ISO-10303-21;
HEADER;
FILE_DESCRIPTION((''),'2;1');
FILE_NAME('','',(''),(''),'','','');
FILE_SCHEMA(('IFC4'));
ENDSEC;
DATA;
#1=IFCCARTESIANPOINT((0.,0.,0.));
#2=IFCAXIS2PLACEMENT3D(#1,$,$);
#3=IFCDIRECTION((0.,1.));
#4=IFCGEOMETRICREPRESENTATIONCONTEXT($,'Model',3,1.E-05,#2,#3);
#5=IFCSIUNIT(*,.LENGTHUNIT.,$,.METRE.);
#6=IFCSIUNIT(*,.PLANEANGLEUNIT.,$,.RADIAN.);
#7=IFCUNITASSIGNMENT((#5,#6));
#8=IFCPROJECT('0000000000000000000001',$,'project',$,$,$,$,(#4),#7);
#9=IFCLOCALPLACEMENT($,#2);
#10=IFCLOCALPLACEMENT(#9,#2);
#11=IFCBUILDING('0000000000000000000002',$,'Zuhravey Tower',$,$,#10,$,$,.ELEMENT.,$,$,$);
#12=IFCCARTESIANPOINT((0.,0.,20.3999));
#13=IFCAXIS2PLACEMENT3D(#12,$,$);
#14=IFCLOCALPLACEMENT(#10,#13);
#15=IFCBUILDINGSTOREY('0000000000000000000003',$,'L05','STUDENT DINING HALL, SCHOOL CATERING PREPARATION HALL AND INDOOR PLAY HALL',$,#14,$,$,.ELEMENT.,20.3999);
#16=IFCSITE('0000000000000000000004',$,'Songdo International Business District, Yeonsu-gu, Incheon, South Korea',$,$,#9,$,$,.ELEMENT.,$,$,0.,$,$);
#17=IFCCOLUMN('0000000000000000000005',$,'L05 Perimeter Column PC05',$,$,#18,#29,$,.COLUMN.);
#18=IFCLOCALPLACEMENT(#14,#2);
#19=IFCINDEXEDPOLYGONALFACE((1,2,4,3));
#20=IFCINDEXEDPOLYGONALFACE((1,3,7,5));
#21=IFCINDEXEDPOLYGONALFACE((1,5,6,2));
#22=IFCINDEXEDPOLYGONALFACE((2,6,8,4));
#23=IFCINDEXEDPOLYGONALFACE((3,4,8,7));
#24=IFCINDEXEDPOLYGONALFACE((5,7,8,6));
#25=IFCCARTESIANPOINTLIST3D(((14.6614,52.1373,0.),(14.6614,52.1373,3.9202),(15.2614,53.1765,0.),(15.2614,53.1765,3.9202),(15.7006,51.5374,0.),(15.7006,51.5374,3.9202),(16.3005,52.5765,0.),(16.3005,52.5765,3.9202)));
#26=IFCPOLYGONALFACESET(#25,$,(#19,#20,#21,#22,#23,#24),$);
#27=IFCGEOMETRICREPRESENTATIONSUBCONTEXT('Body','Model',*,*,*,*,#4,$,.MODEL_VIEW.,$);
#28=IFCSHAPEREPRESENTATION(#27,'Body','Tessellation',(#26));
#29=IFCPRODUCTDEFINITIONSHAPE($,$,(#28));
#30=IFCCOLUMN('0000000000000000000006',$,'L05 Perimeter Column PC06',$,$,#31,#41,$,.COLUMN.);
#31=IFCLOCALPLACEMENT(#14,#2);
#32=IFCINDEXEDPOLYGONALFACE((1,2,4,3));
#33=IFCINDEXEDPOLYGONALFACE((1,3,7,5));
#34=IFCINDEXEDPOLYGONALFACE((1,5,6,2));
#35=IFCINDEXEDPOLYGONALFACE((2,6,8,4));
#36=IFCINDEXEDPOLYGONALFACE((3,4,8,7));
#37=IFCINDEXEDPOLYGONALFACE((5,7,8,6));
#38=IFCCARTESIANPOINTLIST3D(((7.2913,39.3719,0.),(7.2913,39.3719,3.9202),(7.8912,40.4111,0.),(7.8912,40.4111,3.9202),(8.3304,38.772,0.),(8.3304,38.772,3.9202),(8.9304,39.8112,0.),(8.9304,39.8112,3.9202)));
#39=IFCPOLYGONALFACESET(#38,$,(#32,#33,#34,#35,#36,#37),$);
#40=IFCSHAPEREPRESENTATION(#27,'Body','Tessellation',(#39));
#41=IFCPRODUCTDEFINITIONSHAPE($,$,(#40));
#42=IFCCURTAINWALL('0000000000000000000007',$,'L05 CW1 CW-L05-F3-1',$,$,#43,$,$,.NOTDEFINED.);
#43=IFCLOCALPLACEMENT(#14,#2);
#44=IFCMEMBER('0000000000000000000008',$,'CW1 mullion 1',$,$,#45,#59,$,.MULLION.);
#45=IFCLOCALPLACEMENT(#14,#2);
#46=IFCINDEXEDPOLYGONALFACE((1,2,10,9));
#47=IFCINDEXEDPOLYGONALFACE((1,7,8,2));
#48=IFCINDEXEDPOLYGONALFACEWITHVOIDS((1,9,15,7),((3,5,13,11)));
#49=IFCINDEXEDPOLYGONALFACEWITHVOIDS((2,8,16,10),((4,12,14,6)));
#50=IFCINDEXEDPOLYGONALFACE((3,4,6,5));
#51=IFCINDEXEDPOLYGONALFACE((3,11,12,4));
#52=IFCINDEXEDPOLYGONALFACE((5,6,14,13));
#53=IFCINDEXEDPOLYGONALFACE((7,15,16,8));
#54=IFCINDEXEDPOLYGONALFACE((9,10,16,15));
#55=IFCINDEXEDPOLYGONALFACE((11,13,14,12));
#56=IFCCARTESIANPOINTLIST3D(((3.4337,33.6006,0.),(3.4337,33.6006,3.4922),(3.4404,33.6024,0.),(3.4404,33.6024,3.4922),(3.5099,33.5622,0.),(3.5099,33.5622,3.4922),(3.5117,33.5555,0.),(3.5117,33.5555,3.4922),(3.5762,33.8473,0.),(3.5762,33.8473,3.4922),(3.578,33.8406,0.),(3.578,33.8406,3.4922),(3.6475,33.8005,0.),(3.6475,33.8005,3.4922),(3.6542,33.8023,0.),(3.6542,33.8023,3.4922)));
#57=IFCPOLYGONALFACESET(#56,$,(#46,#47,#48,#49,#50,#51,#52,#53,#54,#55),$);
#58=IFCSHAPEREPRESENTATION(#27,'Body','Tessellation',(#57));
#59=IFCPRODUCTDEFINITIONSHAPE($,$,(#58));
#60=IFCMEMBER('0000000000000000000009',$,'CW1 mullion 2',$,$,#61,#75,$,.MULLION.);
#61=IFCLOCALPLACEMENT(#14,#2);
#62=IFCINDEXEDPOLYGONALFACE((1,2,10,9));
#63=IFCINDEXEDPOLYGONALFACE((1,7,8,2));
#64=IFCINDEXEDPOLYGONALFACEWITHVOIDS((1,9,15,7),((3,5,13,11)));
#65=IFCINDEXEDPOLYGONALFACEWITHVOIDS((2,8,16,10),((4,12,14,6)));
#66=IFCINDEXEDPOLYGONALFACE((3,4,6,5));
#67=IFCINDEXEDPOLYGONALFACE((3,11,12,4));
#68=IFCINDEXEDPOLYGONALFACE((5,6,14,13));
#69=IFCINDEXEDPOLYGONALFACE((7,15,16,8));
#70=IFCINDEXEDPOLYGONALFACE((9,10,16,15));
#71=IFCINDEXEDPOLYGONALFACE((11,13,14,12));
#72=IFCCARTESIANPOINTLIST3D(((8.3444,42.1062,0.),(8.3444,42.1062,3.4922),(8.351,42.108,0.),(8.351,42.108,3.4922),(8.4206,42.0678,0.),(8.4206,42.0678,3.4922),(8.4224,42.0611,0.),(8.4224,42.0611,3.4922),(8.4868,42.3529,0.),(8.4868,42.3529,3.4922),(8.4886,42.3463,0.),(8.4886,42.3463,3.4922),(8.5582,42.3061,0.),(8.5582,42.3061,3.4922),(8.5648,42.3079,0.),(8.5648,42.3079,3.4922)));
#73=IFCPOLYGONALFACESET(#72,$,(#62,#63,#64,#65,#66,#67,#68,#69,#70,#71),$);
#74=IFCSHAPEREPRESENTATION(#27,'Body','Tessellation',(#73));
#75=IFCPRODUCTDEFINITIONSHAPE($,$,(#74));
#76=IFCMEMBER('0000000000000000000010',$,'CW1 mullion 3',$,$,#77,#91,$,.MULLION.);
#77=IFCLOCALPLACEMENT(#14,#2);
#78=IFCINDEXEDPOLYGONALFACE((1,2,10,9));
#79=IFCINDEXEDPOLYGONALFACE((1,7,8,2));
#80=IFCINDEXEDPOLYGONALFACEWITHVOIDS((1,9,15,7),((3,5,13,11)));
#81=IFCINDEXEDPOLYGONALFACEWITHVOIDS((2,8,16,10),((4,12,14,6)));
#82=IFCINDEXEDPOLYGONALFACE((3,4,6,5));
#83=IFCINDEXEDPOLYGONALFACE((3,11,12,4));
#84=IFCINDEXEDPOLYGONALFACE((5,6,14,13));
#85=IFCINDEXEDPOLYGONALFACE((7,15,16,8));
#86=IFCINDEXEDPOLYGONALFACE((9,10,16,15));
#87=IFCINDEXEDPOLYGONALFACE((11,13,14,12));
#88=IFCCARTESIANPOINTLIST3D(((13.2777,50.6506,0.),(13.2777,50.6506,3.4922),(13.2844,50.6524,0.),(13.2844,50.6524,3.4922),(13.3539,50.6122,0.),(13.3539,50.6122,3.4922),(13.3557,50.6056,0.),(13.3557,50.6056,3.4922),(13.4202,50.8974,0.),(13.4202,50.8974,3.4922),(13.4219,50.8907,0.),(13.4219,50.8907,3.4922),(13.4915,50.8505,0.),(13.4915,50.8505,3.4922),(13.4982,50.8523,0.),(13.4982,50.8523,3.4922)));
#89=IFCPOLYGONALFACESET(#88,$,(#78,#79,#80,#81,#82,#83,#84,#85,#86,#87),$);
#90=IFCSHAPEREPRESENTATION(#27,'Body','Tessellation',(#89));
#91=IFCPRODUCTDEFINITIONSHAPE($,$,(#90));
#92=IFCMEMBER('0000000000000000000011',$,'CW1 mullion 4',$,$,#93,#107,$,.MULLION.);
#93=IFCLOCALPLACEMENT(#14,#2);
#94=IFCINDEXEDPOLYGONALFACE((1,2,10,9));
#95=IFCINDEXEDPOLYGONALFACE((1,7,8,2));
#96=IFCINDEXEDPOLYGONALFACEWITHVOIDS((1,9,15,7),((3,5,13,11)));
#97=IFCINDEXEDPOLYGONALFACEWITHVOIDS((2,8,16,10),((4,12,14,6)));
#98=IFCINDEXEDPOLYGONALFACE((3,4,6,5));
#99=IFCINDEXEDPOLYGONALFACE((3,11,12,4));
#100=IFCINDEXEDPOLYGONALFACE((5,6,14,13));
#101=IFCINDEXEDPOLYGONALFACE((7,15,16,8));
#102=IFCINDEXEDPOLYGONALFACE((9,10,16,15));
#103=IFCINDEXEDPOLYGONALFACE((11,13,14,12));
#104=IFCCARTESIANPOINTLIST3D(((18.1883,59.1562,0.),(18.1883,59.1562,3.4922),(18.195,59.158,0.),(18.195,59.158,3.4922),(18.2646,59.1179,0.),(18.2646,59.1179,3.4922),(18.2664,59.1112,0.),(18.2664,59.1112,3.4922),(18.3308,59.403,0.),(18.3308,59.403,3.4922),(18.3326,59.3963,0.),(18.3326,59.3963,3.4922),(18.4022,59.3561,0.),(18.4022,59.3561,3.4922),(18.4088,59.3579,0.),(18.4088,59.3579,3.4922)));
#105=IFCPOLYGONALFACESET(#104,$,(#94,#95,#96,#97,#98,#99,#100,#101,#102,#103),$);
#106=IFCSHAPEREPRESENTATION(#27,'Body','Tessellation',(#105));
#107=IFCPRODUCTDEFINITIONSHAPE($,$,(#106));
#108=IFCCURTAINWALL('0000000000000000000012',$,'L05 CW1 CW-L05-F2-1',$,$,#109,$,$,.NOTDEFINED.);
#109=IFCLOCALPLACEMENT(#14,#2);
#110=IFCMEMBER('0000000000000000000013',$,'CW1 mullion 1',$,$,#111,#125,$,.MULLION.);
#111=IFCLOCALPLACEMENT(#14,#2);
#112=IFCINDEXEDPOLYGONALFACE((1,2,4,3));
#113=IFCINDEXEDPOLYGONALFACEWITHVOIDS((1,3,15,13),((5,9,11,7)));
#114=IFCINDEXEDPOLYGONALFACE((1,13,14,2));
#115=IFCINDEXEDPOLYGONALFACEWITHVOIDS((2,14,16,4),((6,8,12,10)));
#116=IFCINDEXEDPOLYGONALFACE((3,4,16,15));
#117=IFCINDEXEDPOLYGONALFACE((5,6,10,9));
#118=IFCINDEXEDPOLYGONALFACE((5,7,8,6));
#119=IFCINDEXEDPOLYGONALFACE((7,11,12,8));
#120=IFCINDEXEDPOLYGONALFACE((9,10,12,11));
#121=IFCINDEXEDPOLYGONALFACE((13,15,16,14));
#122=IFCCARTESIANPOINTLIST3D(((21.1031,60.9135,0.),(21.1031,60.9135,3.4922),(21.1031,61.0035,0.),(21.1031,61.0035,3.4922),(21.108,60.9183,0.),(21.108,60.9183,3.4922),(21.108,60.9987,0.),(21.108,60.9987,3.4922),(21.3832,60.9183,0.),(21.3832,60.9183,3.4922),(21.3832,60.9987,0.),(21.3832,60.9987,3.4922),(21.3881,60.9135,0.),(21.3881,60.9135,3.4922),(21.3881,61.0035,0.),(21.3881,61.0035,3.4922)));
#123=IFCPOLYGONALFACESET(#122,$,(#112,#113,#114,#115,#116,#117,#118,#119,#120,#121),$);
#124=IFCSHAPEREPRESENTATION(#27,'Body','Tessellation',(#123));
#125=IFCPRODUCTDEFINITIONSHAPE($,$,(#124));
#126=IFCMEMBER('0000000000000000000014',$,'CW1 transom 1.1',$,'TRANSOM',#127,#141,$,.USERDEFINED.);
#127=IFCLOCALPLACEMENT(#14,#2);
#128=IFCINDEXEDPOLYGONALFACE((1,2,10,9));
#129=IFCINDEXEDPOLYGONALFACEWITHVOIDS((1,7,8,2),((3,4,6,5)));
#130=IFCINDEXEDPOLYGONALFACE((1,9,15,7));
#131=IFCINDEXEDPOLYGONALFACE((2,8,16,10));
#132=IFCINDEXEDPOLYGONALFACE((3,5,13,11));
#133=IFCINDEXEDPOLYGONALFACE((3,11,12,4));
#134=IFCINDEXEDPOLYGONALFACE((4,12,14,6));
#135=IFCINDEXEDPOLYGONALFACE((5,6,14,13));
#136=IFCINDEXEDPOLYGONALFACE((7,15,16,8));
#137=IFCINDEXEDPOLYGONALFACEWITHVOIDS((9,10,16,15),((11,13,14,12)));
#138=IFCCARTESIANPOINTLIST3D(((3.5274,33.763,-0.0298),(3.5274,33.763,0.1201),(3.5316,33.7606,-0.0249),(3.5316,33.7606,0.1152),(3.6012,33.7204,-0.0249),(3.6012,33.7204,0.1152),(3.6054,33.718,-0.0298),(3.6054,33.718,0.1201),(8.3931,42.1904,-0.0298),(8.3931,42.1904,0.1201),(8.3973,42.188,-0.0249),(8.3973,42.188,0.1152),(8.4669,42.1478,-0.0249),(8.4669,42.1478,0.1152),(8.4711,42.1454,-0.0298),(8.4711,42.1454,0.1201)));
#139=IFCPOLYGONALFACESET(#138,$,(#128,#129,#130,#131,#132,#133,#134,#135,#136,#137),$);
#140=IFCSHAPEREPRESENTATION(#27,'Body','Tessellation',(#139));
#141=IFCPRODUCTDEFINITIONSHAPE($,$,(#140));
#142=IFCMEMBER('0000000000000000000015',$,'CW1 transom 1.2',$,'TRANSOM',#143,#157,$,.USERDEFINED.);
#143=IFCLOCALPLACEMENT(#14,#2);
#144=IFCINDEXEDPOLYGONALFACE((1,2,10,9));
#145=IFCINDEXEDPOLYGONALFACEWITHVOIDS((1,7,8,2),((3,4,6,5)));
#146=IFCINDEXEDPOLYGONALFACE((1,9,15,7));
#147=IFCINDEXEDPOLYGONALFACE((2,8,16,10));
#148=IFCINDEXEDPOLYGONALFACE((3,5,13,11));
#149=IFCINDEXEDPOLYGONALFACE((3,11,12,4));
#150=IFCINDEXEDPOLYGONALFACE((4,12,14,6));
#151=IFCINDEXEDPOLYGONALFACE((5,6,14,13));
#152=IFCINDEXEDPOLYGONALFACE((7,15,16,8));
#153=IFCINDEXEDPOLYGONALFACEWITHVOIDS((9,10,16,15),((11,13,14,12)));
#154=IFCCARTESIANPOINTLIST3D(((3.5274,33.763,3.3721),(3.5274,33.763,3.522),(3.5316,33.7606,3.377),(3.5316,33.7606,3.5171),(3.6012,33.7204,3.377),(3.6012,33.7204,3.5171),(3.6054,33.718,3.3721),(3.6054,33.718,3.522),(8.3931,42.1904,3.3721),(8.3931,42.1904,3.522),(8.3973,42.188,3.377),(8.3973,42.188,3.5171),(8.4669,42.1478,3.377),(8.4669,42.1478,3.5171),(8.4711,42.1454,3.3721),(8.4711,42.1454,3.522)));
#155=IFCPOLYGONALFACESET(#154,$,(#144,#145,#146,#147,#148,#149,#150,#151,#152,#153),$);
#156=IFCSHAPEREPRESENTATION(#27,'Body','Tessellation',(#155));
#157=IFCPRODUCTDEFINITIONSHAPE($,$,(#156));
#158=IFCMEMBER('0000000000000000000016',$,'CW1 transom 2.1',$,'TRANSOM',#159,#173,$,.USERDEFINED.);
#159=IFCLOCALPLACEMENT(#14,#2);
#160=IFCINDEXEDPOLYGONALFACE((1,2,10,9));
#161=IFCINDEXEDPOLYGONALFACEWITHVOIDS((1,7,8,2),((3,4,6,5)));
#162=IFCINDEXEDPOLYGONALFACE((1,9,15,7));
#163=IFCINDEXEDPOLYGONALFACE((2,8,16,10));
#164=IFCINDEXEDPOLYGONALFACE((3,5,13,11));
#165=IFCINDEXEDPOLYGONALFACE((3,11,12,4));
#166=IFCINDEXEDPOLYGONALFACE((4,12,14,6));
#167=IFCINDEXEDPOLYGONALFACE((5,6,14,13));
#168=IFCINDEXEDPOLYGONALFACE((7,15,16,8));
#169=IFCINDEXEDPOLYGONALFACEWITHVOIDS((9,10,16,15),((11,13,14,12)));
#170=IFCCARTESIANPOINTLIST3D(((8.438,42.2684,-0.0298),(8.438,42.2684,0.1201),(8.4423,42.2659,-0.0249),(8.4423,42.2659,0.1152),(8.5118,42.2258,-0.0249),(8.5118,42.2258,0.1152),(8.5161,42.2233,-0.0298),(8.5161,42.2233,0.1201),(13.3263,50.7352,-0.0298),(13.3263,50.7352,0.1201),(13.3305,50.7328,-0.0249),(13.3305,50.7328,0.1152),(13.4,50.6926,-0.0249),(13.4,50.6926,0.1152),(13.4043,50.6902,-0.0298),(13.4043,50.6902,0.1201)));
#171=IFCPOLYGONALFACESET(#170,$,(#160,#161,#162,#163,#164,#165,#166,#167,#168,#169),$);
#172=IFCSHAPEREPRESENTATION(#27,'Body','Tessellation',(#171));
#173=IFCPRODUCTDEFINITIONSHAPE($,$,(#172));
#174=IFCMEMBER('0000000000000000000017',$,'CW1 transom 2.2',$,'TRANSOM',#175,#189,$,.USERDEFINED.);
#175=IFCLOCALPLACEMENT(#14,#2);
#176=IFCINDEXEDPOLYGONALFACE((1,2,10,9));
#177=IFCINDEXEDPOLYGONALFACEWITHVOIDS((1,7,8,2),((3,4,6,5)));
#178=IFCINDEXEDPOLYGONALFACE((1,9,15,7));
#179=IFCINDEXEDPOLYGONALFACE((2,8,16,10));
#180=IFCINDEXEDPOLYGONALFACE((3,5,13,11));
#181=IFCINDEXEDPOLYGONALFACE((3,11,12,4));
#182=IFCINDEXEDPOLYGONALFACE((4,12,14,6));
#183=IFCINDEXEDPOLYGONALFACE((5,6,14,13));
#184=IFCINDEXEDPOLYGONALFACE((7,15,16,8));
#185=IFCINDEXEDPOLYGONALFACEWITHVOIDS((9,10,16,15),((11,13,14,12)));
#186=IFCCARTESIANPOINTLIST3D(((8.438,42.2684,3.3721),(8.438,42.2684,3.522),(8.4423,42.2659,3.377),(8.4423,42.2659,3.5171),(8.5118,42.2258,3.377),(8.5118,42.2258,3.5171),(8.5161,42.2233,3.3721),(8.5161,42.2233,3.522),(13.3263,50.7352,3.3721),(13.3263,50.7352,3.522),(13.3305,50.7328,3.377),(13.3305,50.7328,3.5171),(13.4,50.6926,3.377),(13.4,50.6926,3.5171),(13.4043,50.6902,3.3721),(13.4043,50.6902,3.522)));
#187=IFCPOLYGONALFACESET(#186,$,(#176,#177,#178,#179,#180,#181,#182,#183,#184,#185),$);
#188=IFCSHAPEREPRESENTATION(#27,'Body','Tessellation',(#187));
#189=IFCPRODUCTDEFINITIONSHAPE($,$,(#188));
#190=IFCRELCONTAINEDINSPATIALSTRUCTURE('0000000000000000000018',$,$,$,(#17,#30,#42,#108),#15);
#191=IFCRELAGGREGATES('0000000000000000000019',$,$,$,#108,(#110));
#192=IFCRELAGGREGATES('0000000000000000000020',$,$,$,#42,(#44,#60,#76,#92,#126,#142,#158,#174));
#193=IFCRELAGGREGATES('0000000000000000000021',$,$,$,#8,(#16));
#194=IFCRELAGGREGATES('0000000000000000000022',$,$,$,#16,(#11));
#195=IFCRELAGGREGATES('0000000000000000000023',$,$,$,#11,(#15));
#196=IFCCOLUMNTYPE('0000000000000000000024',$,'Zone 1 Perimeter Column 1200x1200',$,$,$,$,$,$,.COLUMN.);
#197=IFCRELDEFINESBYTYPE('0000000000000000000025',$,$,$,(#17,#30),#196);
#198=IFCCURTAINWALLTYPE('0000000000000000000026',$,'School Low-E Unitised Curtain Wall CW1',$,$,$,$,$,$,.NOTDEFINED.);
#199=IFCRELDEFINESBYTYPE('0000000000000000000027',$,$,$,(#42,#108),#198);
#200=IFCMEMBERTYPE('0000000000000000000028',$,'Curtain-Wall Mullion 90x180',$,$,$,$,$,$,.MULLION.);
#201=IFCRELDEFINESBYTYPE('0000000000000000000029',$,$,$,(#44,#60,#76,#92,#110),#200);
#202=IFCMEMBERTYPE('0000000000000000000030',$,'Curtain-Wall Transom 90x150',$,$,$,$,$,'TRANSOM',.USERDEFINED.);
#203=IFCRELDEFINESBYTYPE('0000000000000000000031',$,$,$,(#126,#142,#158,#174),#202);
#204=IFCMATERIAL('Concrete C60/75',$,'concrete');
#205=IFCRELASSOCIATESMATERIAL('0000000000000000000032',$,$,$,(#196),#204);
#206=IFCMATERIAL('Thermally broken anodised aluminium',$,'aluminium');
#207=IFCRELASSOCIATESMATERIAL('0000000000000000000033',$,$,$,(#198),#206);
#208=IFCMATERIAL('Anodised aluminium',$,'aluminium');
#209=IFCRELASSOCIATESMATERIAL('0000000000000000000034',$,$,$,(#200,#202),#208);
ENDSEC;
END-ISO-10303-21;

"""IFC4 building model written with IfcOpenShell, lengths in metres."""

from ifc_helpers import new_model, si_unit, direction, frame, origin, origin_2d, place, context, subcontext, project, spatial, rectangle, hollow_rectangle, extrude, material, material_profile, profile_set, type_object, element, aggregate, save


model = new_model("IFC4")

# Units and contexts
model_context = context("Model", 3, precision=1e-05, world=origin(), true_north=direction((0.0, 1.0)))
body_context = subcontext(model_context, "Body", "Model", "MODEL_VIEW")
ifc_project = project(units=[si_unit("LENGTHUNIT", "METRE"), si_unit("PLANEANGLEUNIT", "RADIAN")], contexts=[model_context])

# Site, building, storey
site_placement = place(None, origin())
site = spatial("IfcSite", under=ifc_project, at=site_placement, Name="Songdo International Business District, Yeonsu-gu, Incheon, South Korea", CompositionType="ELEMENT", RefElevation=0.0)
building_placement = place(site_placement, origin())
building = spatial("IfcBuilding", under=site, at=building_placement, Name="Zuhravey Tower", CompositionType="ELEMENT")
storey_placement = place(building_placement, frame((0.0, 0.0, 20.3999)))
storey = spatial("IfcBuildingStorey", under=building, at=storey_placement, Name="L05", Description="STUDENT DINING HALL, SCHOOL CATERING PREPARATION HALL AND INDOOR PLAY HALL", CompositionType="ELEMENT", Elevation=20.3999)

# Columns
ifc_material_1 = material(Name="Concrete C60/75", Category="concrete")
ifc_material_profile_1 = material_profile(ifc_material_1, rectangle(XDim=1.2, YDim=1.2, at=origin_2d()), Name="RC-1200x1200")
ifc_profile_set_1 = profile_set([ifc_material_profile_1], Name="Concrete C60/75")
column_type = type_object("IfcColumnType", Name="Zone 1 Perimeter Column 1200x1200", PredefinedType="COLUMN", material=ifc_profile_set_1)
for number, where, z_axis, x_axis, name in (
    (1, (15.481, 52.3569, 0.0), (0.0, 0.0, 1.0), (-0.5, -0.866025, 0.0), "L05 Perimeter Column PC05"),
    (2, (8.1108, 39.5916, 0.0), (0.0, 0.0, 1.0), (-0.5, -0.866025, 0.0), "L05 Perimeter Column PC06"),
):
    element("IfcColumn", number, at=place(storey_placement, frame(where, z_axis=z_axis, x_axis=x_axis)), inside=storey, type_object=column_type, Name=name, PredefinedType="COLUMN", context=body_context, shape_type="SweptSolid", body=[
        extrude(rectangle(XDim=1.2, YDim=1.2, at=origin_2d()), origin(), (0.0, 0.0, 1.0), 3.9202),
    ])

# Curtain wall, members
ifc_material_2 = material(Name="Thermally broken anodised aluminium", Category="aluminium")
curtain_wall_type = type_object("IfcCurtainWallType", Name="School Low-E Unitised Curtain Wall CW1", PredefinedType="NOTDEFINED", material=ifc_material_2)
curtain_wall_1_placement = place(storey_placement, origin())
curtain_wall_1 = element("IfcCurtainWall", 3, at=curtain_wall_1_placement, inside=storey, type_object=curtain_wall_type, Name="L05 CW1 CW-L05-F3-1", PredefinedType="NOTDEFINED")
ifc_material_3 = material(Name="Anodised aluminium", Category="aluminium")
ifc_material_profile_2 = material_profile(ifc_material_3, hollow_rectangle(XDim=0.0901, YDim=0.2849, WallThickness=0.0049, at=origin_2d()), Name="ALU-RHS-90x285x5")
ifc_profile_set_2 = profile_set([ifc_material_profile_2], Name="Anodised aluminium")
member_type_1 = type_object("IfcMemberType", Name="Curtain-Wall Mullion 90x180", PredefinedType="MULLION", material=ifc_profile_set_2)
member_1_placement = place(storey_placement, frame((3.5439, 33.7014, 0.0), z_axis=(0.0, 0.0, 1.0), x_axis=(-0.866026, 0.5, 0.0)))
member_1 = element("IfcMember", 4, at=member_1_placement, type_object=member_type_1, Name="CW1 mullion 1", PredefinedType="MULLION", context=body_context, shape_type="SweptSolid", body=[
    extrude(hollow_rectangle(XDim=0.0901, YDim=0.2849, WallThickness=0.0049, at=origin_2d()), origin(), (0.0, 0.0, 1.0), 3.4922),
])
member_2_placement = place(storey_placement, frame((8.4546, 42.207, 0.0), z_axis=(0.0, 0.0, 1.0), x_axis=(-0.866026, 0.5, 0.0)))
member_2 = element("IfcMember", 5, at=member_2_placement, type_object=member_type_1, Name="CW1 mullion 2", PredefinedType="MULLION", context=body_context, shape_type="SweptSolid", body=[
    extrude(hollow_rectangle(XDim=0.0901, YDim=0.2849, WallThickness=0.0049, at=origin_2d()), origin(), (0.0, 0.0, 1.0), 3.4922),
])
member_3_placement = place(storey_placement, frame((13.3879, 50.7515, 0.0), z_axis=(0.0, 0.0, 1.0), x_axis=(-0.866026, 0.5, 0.0)))
member_3 = element("IfcMember", 6, at=member_3_placement, type_object=member_type_1, Name="CW1 mullion 3", PredefinedType="MULLION", context=body_context, shape_type="SweptSolid", body=[
    extrude(hollow_rectangle(XDim=0.0901, YDim=0.2849, WallThickness=0.0049, at=origin_2d()), origin(), (0.0, 0.0, 1.0), 3.4922),
])
member_4_placement = place(storey_placement, frame((18.2986, 59.2571, 0.0), z_axis=(0.0, 0.0, 1.0), x_axis=(-0.866026, 0.5, 0.0)))
member_4 = element("IfcMember", 7, at=member_4_placement, type_object=member_type_1, Name="CW1 mullion 4", PredefinedType="MULLION", context=body_context, shape_type="SweptSolid", body=[
    extrude(hollow_rectangle(XDim=0.0901, YDim=0.2849, WallThickness=0.0049, at=origin_2d()), origin(), (0.0, 0.0, 1.0), 3.4922),
])

# Curtain wall, member
curtain_wall_2_placement = place(storey_placement, origin())
curtain_wall_2 = element("IfcCurtainWall", 8, at=curtain_wall_2_placement, inside=storey, type_object=curtain_wall_type, Name="L05 CW1 CW-L05-F2-1", PredefinedType="NOTDEFINED")
member_5_placement = place(storey_placement, frame((21.2456, 60.9585, 0.0), z_axis=(0.0, 0.0, 1.0), x_axis=(0.0, 1.0, 0.0)))
member_5 = element("IfcMember", 9, at=member_5_placement, type_object=member_type_1, Name="CW1 mullion 1", PredefinedType="MULLION", context=body_context, shape_type="SweptSolid", body=[
    extrude(hollow_rectangle(XDim=0.0901, YDim=0.2849, WallThickness=0.0049, at=origin_2d()), origin(), (0.0, 0.0, 1.0), 3.4922),
])

# Members
ifc_material_profile_3 = material_profile(ifc_material_3, hollow_rectangle(XDim=0.0901, YDim=0.1499, WallThickness=0.0049, at=origin_2d()), Name="ALU-RHS-90x150x5")
ifc_profile_set_3 = profile_set([ifc_material_profile_3], Name="Anodised aluminium")
member_type_2 = type_object("IfcMemberType", Name="Curtain-Wall Transom 90x150", ElementType="TRANSOM", PredefinedType="USERDEFINED", material=ifc_profile_set_3)
member_6_placement = place(storey_placement, frame((3.5664, 33.7405, 0.0452), z_axis=(0.500008, 0.866021, 0.0), x_axis=(-0.866021, 0.500008, 0.0)))
member_6 = element("IfcMember", 10, at=member_6_placement, type_object=member_type_2, Name="CW1 transom 1.1", ObjectType="TRANSOM", PredefinedType="USERDEFINED", context=body_context, shape_type="SweptSolid", body=[
    extrude(hollow_rectangle(XDim=0.0901, YDim=0.1499, WallThickness=0.0049, at=origin_2d()), origin(), (0.0, 0.0, 1.0), 9.7312),
])
member_7_placement = place(storey_placement, frame((3.5664, 33.7405, 3.447), z_axis=(0.500008, 0.866021, 0.0), x_axis=(-0.866021, 0.500008, 0.0)))
member_7 = element("IfcMember", 11, at=member_7_placement, type_object=member_type_2, Name="CW1 transom 1.2", ObjectType="TRANSOM", PredefinedType="USERDEFINED", context=body_context, shape_type="SweptSolid", body=[
    extrude(hollow_rectangle(XDim=0.0901, YDim=0.1499, WallThickness=0.0049, at=origin_2d()), origin(), (0.0, 0.0, 1.0), 9.7312),
])
member_8_placement = place(storey_placement, frame((8.4771, 42.2458, 0.0452), z_axis=(0.49999, 0.866031, 0.0), x_axis=(-0.866031, 0.49999, 0.0)))
member_8 = element("IfcMember", 12, at=member_8_placement, type_object=member_type_2, Name="CW1 transom 2.1", ObjectType="TRANSOM", PredefinedType="USERDEFINED", context=body_context, shape_type="SweptSolid", body=[
    extrude(hollow_rectangle(XDim=0.0901, YDim=0.1499, WallThickness=0.0049, at=origin_2d()), origin(), (0.0, 0.0, 1.0), 9.7766),
])
member_9_placement = place(storey_placement, frame((8.4771, 42.2458, 3.447), z_axis=(0.49999, 0.866031, 0.0), x_axis=(-0.866031, 0.49999, 0.0)))
member_9 = element("IfcMember", 13, at=member_9_placement, type_object=member_type_2, Name="CW1 transom 2.2", ObjectType="TRANSOM", PredefinedType="USERDEFINED", context=body_context, shape_type="SweptSolid", body=[
    extrude(hollow_rectangle(XDim=0.0901, YDim=0.1499, WallThickness=0.0049, at=origin_2d()), origin(), (0.0, 0.0, 1.0), 9.7766),
])
aggregate(curtain_wall_2, [member_5])

aggregate(curtain_wall_1, [member_1, member_2, member_3, member_4, member_6, member_7, member_8, member_9])

save(model, "model.ifc")
